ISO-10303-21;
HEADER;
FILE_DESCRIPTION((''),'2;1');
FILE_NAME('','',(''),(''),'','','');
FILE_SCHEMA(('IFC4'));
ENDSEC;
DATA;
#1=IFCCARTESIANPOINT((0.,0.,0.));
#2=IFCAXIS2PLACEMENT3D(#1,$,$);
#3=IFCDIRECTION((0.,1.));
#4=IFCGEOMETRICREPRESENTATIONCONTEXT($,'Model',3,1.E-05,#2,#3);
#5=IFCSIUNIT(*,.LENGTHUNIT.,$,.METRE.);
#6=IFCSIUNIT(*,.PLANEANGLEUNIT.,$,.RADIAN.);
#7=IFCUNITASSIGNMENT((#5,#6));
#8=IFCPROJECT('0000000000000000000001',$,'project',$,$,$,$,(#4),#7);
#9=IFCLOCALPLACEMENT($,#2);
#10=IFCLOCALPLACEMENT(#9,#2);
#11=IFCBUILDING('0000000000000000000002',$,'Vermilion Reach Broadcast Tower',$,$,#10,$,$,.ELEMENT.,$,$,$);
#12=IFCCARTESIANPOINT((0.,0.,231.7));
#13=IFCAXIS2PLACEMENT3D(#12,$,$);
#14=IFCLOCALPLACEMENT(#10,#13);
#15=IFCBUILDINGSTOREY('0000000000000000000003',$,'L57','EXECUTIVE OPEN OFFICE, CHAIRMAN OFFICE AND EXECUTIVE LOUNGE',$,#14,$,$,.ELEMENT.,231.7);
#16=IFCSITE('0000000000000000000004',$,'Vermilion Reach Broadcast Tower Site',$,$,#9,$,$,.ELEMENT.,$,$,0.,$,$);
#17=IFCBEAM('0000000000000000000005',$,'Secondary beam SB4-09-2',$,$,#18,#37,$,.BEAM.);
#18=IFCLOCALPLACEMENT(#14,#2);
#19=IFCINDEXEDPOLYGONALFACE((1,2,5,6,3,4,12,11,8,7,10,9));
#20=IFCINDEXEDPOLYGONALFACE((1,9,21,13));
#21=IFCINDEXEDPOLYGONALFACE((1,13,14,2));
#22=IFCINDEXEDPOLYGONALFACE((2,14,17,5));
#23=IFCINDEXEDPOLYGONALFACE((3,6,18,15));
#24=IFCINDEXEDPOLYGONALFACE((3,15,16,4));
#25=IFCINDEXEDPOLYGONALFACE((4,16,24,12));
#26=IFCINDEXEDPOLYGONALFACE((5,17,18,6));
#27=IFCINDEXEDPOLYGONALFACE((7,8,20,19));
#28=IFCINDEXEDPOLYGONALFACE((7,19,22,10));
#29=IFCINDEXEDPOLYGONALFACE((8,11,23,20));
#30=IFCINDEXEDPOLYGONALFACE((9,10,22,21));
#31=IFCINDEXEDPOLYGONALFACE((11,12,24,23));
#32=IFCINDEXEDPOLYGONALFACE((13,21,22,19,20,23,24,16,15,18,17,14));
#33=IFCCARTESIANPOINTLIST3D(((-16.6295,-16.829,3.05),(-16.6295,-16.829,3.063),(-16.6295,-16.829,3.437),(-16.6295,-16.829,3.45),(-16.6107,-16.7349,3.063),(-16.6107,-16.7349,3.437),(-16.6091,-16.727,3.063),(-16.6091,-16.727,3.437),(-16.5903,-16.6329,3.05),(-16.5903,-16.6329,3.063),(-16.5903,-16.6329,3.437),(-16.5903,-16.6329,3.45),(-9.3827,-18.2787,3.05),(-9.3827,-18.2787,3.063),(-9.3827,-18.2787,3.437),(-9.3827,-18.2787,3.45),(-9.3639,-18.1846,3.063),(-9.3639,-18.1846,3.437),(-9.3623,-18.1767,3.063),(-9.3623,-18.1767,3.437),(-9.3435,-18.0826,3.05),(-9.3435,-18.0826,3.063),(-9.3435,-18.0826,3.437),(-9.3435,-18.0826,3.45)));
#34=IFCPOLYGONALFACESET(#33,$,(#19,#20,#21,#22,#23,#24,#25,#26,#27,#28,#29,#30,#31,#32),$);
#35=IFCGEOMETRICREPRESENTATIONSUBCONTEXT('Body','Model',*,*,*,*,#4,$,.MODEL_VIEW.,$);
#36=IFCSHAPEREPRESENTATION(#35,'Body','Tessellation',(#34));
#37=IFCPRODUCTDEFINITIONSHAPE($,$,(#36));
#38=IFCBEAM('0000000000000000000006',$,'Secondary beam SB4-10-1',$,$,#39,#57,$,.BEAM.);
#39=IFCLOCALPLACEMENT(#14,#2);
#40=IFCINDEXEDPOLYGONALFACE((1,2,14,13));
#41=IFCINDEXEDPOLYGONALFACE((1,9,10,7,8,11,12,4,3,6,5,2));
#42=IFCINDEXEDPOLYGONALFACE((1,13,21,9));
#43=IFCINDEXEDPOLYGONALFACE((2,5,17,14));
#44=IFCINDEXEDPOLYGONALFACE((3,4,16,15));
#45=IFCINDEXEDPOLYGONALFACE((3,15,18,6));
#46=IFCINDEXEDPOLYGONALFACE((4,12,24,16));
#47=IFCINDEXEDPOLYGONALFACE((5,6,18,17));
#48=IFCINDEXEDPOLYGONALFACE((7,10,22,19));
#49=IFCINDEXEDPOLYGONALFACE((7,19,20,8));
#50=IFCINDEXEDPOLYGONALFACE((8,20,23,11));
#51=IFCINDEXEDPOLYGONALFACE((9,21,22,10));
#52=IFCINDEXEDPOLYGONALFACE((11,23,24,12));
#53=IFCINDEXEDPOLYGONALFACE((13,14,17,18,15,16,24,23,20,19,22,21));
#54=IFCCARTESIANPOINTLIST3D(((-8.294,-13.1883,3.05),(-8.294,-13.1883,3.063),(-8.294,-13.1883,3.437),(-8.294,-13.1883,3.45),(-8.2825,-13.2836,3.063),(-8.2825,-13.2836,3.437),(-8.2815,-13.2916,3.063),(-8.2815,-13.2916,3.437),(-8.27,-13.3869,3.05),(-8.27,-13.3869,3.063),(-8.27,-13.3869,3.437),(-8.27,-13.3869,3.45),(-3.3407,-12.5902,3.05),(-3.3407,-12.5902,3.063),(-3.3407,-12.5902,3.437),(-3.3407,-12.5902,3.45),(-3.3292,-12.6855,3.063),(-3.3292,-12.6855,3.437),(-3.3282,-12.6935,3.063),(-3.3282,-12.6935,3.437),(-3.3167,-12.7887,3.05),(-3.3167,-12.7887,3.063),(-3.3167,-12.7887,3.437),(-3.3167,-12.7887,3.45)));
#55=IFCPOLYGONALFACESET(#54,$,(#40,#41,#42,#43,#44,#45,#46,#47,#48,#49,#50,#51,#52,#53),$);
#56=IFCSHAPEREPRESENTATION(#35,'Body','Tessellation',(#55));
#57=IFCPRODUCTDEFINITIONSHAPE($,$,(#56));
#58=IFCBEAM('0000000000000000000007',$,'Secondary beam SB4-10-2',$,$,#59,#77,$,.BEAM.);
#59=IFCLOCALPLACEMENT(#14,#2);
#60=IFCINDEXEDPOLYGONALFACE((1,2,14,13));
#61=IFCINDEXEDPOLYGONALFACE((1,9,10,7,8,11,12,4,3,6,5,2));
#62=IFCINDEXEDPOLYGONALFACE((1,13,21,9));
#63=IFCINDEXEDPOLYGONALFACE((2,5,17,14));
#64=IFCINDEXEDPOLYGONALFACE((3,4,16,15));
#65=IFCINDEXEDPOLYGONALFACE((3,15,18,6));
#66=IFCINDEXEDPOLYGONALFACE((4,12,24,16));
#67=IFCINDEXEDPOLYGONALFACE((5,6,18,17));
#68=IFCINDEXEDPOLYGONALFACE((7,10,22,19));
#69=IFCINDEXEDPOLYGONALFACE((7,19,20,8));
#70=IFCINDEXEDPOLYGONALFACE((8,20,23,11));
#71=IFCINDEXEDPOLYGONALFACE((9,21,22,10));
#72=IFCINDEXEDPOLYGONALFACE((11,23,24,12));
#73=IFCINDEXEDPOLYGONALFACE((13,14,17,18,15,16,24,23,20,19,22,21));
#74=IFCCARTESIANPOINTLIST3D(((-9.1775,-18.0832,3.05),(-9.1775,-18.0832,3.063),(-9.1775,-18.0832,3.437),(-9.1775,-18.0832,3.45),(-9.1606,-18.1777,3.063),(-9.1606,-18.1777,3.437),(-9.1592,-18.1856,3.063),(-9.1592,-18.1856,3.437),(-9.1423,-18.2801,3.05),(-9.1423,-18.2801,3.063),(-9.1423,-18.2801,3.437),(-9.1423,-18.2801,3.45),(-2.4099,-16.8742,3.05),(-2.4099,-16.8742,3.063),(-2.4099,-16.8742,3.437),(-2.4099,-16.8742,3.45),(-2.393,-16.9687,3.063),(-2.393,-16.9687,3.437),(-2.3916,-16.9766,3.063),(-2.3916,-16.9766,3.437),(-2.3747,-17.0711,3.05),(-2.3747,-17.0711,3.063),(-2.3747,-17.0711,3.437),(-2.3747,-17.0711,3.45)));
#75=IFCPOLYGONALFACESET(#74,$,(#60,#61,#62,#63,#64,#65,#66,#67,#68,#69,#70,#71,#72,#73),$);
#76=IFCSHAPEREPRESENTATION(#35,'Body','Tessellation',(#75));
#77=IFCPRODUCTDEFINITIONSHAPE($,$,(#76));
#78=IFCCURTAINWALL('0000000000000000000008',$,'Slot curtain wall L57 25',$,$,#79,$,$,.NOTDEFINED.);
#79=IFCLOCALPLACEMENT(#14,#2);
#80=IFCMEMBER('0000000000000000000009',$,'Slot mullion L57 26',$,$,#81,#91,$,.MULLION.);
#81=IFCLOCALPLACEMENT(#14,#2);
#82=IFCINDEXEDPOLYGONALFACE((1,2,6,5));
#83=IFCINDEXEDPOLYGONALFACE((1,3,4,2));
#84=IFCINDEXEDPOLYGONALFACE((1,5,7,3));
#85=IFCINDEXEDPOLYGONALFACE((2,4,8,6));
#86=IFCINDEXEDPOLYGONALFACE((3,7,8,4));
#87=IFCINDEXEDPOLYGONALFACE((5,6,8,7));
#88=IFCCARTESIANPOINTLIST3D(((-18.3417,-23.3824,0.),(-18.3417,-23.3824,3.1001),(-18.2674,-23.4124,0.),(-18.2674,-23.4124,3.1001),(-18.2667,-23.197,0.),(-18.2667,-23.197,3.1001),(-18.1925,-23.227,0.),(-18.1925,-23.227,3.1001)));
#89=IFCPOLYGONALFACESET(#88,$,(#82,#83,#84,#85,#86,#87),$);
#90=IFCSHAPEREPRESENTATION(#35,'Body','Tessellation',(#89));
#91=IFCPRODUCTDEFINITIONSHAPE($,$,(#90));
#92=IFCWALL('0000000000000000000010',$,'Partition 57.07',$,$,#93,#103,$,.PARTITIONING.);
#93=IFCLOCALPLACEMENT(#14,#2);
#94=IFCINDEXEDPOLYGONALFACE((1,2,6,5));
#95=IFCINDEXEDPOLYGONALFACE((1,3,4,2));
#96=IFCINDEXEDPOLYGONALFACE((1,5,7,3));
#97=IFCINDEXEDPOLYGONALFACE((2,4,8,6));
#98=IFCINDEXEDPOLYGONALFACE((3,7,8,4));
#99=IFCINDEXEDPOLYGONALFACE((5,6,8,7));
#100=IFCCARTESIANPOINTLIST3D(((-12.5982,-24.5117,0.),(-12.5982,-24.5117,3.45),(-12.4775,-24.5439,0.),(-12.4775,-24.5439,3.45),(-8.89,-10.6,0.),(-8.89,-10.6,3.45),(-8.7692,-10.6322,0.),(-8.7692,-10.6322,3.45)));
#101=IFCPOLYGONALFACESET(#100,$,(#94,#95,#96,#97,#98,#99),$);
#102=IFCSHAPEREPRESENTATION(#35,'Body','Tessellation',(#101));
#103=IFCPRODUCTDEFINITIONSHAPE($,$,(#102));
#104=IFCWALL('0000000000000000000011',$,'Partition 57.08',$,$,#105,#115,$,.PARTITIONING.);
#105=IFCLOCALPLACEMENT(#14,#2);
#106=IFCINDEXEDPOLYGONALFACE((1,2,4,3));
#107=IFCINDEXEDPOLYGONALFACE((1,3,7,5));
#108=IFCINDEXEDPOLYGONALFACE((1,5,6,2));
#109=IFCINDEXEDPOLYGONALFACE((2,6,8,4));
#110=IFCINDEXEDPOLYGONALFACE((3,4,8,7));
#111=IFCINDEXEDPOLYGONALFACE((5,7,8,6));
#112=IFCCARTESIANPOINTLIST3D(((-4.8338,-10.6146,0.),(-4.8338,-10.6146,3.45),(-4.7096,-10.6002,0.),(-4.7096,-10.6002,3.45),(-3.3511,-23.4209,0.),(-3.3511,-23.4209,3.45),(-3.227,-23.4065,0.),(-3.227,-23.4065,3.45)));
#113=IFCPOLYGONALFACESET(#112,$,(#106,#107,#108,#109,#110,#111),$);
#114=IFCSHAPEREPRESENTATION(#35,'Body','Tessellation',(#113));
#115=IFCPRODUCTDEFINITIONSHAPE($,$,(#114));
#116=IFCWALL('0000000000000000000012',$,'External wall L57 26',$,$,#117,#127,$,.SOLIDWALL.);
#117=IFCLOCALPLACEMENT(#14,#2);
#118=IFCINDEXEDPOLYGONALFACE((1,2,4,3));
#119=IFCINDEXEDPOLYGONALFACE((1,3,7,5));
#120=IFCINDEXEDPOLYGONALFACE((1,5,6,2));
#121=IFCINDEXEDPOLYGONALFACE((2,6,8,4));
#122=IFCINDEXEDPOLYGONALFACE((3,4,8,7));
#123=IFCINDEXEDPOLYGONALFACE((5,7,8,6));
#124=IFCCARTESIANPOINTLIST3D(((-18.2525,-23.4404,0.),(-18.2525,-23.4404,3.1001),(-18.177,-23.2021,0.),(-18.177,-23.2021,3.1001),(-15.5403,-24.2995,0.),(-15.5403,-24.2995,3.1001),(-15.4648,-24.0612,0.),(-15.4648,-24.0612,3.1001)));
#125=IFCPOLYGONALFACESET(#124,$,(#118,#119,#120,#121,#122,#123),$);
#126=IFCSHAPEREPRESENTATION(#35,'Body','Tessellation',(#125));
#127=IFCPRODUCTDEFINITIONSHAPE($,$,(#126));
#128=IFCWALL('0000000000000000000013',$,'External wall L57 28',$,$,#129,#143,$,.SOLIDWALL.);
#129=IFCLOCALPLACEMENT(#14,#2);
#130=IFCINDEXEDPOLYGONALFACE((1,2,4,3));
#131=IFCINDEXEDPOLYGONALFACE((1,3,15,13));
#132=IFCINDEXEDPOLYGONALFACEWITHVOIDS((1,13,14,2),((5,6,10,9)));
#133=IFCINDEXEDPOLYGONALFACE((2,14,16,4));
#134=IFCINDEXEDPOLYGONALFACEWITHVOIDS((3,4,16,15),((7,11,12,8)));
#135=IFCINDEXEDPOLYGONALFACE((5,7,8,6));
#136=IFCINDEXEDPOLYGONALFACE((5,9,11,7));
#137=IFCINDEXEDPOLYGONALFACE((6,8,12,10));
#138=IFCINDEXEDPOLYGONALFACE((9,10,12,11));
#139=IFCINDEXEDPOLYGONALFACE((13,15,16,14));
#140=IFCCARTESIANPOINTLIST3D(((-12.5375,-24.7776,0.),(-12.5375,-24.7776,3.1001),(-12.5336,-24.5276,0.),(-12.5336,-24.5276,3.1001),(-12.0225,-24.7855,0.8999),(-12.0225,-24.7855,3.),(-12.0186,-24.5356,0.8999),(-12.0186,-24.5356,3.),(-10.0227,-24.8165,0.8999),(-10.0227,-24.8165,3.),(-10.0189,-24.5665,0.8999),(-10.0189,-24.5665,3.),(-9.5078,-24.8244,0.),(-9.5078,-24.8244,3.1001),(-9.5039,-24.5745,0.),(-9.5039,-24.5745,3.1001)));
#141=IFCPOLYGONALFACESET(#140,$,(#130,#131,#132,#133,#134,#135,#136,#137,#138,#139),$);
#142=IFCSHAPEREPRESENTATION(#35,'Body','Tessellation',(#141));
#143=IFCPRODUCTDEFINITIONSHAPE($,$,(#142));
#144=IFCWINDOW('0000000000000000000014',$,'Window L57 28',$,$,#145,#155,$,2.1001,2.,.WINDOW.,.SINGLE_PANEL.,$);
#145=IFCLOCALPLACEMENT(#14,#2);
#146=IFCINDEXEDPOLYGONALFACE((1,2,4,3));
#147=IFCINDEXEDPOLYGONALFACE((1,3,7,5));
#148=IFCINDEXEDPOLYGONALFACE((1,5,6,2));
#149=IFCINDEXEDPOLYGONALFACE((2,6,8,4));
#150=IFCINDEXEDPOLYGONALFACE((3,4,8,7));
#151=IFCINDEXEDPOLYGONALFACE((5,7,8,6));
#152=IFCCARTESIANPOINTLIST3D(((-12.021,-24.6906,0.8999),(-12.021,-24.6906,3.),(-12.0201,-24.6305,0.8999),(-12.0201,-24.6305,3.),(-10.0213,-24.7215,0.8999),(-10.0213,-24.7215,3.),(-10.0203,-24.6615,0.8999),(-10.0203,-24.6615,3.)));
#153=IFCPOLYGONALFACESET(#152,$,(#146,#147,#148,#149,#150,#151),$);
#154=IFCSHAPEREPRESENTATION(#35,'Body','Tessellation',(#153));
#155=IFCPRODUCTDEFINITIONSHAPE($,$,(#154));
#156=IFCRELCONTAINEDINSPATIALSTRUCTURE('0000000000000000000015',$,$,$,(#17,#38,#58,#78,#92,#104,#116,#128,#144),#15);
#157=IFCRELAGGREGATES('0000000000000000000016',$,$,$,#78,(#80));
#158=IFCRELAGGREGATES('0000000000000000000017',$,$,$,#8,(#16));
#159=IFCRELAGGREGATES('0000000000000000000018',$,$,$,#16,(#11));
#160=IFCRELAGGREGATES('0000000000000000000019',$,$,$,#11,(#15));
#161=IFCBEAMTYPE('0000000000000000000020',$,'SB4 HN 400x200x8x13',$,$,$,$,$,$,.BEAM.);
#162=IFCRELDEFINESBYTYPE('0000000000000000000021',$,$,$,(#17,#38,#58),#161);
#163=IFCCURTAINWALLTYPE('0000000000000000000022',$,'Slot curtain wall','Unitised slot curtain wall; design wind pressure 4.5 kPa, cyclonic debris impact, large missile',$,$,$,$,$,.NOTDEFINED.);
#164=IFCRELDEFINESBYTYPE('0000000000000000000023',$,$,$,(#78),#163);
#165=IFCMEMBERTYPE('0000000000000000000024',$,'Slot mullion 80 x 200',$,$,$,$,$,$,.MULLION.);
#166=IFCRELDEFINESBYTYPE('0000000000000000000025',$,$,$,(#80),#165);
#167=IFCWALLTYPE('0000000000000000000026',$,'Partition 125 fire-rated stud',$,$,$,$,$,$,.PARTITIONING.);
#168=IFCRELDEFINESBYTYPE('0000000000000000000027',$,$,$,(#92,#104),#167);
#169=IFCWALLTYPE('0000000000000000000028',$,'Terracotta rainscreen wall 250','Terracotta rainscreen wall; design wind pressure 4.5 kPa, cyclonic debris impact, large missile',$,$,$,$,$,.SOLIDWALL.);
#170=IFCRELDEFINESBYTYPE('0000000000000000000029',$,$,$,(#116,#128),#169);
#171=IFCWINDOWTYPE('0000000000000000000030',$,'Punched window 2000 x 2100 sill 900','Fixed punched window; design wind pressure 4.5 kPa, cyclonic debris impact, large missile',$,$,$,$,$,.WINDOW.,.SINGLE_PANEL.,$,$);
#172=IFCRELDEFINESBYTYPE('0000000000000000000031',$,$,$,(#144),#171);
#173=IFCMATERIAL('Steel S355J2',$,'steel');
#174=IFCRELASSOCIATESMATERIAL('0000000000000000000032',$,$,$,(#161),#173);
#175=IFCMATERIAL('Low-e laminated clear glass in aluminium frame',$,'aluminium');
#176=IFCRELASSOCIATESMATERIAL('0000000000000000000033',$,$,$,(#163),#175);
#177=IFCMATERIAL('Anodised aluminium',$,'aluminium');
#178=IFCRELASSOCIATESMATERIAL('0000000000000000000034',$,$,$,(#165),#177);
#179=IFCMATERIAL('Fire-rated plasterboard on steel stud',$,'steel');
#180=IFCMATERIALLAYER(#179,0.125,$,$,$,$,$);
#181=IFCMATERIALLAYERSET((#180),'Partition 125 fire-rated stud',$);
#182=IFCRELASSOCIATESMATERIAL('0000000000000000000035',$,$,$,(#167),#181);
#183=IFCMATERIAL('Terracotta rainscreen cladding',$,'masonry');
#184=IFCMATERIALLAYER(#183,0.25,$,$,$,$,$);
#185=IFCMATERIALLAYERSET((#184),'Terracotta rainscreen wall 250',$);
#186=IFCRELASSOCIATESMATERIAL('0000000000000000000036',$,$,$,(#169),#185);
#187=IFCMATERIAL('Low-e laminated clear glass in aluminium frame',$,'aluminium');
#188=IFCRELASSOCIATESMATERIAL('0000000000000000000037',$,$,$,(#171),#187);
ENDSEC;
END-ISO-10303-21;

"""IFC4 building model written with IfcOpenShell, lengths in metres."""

from ifc_helpers import new_model, si_unit, direction, frame, frame_2d, origin, origin_2d, place, context, subcontext, project, spatial, rectangle, i_section, extrude, material, layer, layer_set, material_profile, profile_set, type_object, element, fill, aggregate, save


model = new_model("IFC4")

# Units and contexts
model_context = context("Model", 3, precision=1e-05, world=origin(), true_north=direction((0.0, 1.0)))
body_context = subcontext(model_context, "Body", "Model", "MODEL_VIEW")
ifc_project = project(units=[si_unit("LENGTHUNIT", "METRE"), si_unit("PLANEANGLEUNIT", "RADIAN")], contexts=[model_context])

# Site, building, storey
site_placement = place(None, origin())
site = spatial("IfcSite", under=ifc_project, at=site_placement, Name="Vermilion Reach Broadcast Tower Site", CompositionType="ELEMENT", RefElevation=0.0)
building_placement = place(site_placement, origin())
building = spatial("IfcBuilding", under=site, at=building_placement, Name="Vermilion Reach Broadcast Tower", CompositionType="ELEMENT")
storey_placement = place(building_placement, frame((0.0, 0.0, 231.7)))
storey = spatial("IfcBuildingStorey", under=building, at=storey_placement, Name="L57", Description="EXECUTIVE OPEN OFFICE, CHAIRMAN OFFICE AND EXECUTIVE LOUNGE", CompositionType="ELEMENT", Elevation=231.7)

# Beams
ifc_material_1 = material(Name="Steel S355J2", Category="steel")
ifc_material_profile_1 = material_profile(ifc_material_1, i_section(OverallWidth=0.2, OverallDepth=0.3999, WebThickness=0.0081, FlangeThickness=0.0129, at=origin_2d()), Name="S355J2 HN 400x200x8x13")
ifc_profile_set_1 = profile_set([ifc_material_profile_1], Name="Steel S355J2")
beam_type_1 = type_object("IfcBeamType", Name="SB4 HN 400x200x8x13", PredefinedType="BEAM", material=ifc_profile_set_1)
beam_1_placement = place(storey_placement, frame((-16.6099, -16.731, 3.25), z_axis=(0.980572, -0.196161, 0.0), x_axis=(0.196161, 0.980572, 0.0)))
element("IfcBeam", 1, at=beam_1_placement, inside=storey, type_object=beam_type_1, Name="Secondary beam SB4-09-2", PredefinedType="BEAM", context=body_context, shape_type="SweptSolid", body=[
    extrude(i_section(OverallWidth=0.2, OverallDepth=0.3999, WebThickness=0.0081, FlangeThickness=0.0129, at=origin_2d()), origin(), (0.0, 0.0, 1.0), 7.3904),
])
beam_2_placement = place(storey_placement, frame((-8.282, -13.2876, 3.25), z_axis=(0.992788, 0.119884, 0.0), x_axis=(-0.119884, 0.992788, 0.0)))
element("IfcBeam", 2, at=beam_2_placement, inside=storey, type_object=beam_type_1, Name="Secondary beam SB4-10-1", PredefinedType="BEAM", context=body_context, shape_type="SweptSolid", body=[
    extrude(i_section(OverallWidth=0.2, OverallDepth=0.3999, WebThickness=0.0081, FlangeThickness=0.0129, at=origin_2d()), origin(), (0.0, 0.0, 1.0), 4.9893),
])
beam_3_placement = place(storey_placement, frame((-9.1599, -18.1816, 3.25), z_axis=(0.984415, 0.175859, 0.0), x_axis=(-0.175859, 0.984415, 0.0)))
element("IfcBeam", 3, at=beam_3_placement, inside=storey, type_object=beam_type_1, Name="Secondary beam SB4-10-2", PredefinedType="BEAM", context=body_context, shape_type="SweptSolid", body=[
    extrude(i_section(OverallWidth=0.2, OverallDepth=0.3999, WebThickness=0.0081, FlangeThickness=0.0129, at=origin_2d()), origin(), (0.0, 0.0, 1.0), 6.8748),
])

# Curtain wall, member
ifc_material_2 = material(Name="Low-e laminated clear glass in aluminium frame", Category="aluminium")
curtain_wall_type = type_object("IfcCurtainWallType", Name="Slot curtain wall", Description="Unitised slot curtain wall; design wind pressure 4.5 kPa, cyclonic debris impact, large missile", PredefinedType="NOTDEFINED", material=ifc_material_2)
curtain_wall_placement = place(storey_placement, origin())
curtain_wall = element("IfcCurtainWall", 4, at=curtain_wall_placement, inside=storey, type_object=curtain_wall_type, Name="Slot curtain wall L57 25", PredefinedType="NOTDEFINED")
ifc_material_3 = material(Name="Anodised aluminium", Category="aluminium")
ifc_material_profile_2 = material_profile(ifc_material_3, rectangle(XDim=0.2, YDim=0.0801, at=origin_2d()), Name="Slot mullion 80 x 200")
ifc_profile_set_2 = profile_set([ifc_material_profile_2], Name="Anodised aluminium")
member_type = type_object("IfcMemberType", Name="Slot mullion 80 x 200", PredefinedType="MULLION", material=ifc_profile_set_2)
member_placement = place(storey_placement, frame((-18.2671, -23.3047, 0.0), z_axis=(0.0, 0.0, 1.0), x_axis=(0.374712, 0.927141, 0.0)))
member = element("IfcMember", 5, at=member_placement, type_object=member_type, Name="Slot mullion L57 26", PredefinedType="MULLION", context=body_context, shape_type="SweptSolid", body=[
    extrude(rectangle(XDim=0.2, YDim=0.0801, at=origin_2d()), origin(), (0.0, 0.0, 1.0), 3.1001),
])
aggregate(curtain_wall, [member])

# Walls
ifc_material_4 = material(Name="Fire-rated plasterboard on steel stud", Category="steel")
ifc_layer_1 = layer(ifc_material_4, 0.125)
ifc_layer_set_1 = layer_set([ifc_layer_1], Name="Partition 125 fire-rated stud")
wall_type_1 = type_object("IfcWallType", Name="Partition 125 fire-rated stud", PredefinedType="PARTITIONING", material=ifc_layer_set_1)
wall_1_placement = place(storey_placement, frame((-12.5378, -24.5278, 0.0), z_axis=(0.0, 0.0, 1.0), x_axis=(0.257564, 0.966261, 0.0)))
element("IfcWall", 6, at=wall_1_placement, inside=storey, type_object=wall_type_1, Name="Partition 57.07", PredefinedType="PARTITIONING", context=body_context, shape_type="SweptSolid", body=[
    extrude(rectangle(XDim=14.3975, YDim=0.125, at=frame_2d((7.1987, 0.0))), origin(), (0.0, 0.0, 1.0), 3.45),
])
wall_2_placement = place(storey_placement, frame((-3.2891, -23.4136, 0.0), z_axis=(0.0, 0.0, 1.0), x_axis=(-0.115007, 0.993365, 0.0)))
element("IfcWall", 7, at=wall_2_placement, inside=storey, type_object=wall_type_1, Name="Partition 57.08", PredefinedType="PARTITIONING", context=body_context, shape_type="SweptSolid", body=[
    extrude(rectangle(XDim=12.8918, YDim=0.125, at=frame_2d((6.4458, 0.0))), origin(), (0.0, 0.0, 1.0), 3.45),
])
ifc_material_5 = material(Name="Terracotta rainscreen cladding", Category="masonry")
ifc_layer_2 = layer(ifc_material_5, 0.25)
ifc_layer_set_2 = layer_set([ifc_layer_2], Name="Terracotta rainscreen wall 250")
wall_type_2 = type_object("IfcWallType", Name="Terracotta rainscreen wall 250", Description="Terracotta rainscreen wall; design wind pressure 4.5 kPa, cyclonic debris impact, large missile", PredefinedType="SOLIDWALL", material=ifc_layer_set_2)
wall_3_placement = place(storey_placement, frame((-18.2146, -23.3213, 0.0), z_axis=(0.0, 0.0, 1.0), x_axis=(0.953314, -0.301981, 0.0)))
element("IfcWall", 8, at=wall_3_placement, inside=storey, type_object=wall_type_2, Name="External wall L57 26", PredefinedType="SOLIDWALL", context=body_context, shape_type="SweptSolid", body=[
    extrude(rectangle(XDim=2.845, YDim=0.25, at=frame_2d((1.4224, 0.0))), origin(), (0.0, 0.0, 1.0), 3.1001),
])

# Wall, opening, window
wall_4_placement = place(storey_placement, frame((-12.5356, -24.6526, 0.0), z_axis=(0.0, 0.0, 1.0), x_axis=(0.99988, -0.01547, 0.0)))
wall_4 = element("IfcWall", 9, at=wall_4_placement, inside=storey, type_object=wall_type_2, Name="External wall L57 28", PredefinedType="SOLIDWALL", context=body_context, shape_type="SweptSolid", body=[
    extrude(rectangle(XDim=3.03, YDim=0.25, at=frame_2d((1.5151, 0.0))), origin(), (0.0, 0.0, 1.0), 3.1001),
])
opening_1_placement = place(wall_4_placement, frame((0.5151, 0.0, 0.8999)))
opening_1 = element("IfcOpeningElement", 10, at=opening_1_placement, cuts=wall_4, PredefinedType="OPENING", context=body_context, shape_type="SweptSolid", body=[
    extrude(rectangle(XDim=2.0, YDim=2.1001, at=frame_2d((1.0, 1.05))), frame((0.0, 0.135, 0.0), z_axis=(0.0, -1.0, 0.0), x_axis=(1.0, 0.0, 0.0)), (0.0, 0.0, 1.0), 0.27),
])
ifc_material_6 = material(Name="Low-e laminated clear glass in aluminium frame", Category="aluminium")
window_type = type_object("IfcWindowType", Name="Punched window 2000 x 2100 sill 900", Description="Fixed punched window; design wind pressure 4.5 kPa, cyclonic debris impact, large missile", PartitioningType="SINGLE_PANEL", PredefinedType="WINDOW", material=ifc_material_6)
window_1_placement = place(opening_1_placement, origin())
window_1 = element("IfcWindow", 11, at=window_1_placement, inside=storey, type_object=window_type, Name="Window L57 28", OverallHeight=2.1001, OverallWidth=2.0, PartitioningType="SINGLE_PANEL", PredefinedType="WINDOW", context=body_context, shape_type="SweptSolid", body=[
    extrude(rectangle(XDim=2.0, YDim=2.1001, at=frame_2d((1.0, 1.05))), frame((0.0, 0.03, 0.0), z_axis=(0.0, -1.0, 0.0), x_axis=(1.0, 0.0, 0.0)), (0.0, 0.0, 1.0), 0.0601),
])
fill(opening_1, window_1)

save(model, "model.ifc")
